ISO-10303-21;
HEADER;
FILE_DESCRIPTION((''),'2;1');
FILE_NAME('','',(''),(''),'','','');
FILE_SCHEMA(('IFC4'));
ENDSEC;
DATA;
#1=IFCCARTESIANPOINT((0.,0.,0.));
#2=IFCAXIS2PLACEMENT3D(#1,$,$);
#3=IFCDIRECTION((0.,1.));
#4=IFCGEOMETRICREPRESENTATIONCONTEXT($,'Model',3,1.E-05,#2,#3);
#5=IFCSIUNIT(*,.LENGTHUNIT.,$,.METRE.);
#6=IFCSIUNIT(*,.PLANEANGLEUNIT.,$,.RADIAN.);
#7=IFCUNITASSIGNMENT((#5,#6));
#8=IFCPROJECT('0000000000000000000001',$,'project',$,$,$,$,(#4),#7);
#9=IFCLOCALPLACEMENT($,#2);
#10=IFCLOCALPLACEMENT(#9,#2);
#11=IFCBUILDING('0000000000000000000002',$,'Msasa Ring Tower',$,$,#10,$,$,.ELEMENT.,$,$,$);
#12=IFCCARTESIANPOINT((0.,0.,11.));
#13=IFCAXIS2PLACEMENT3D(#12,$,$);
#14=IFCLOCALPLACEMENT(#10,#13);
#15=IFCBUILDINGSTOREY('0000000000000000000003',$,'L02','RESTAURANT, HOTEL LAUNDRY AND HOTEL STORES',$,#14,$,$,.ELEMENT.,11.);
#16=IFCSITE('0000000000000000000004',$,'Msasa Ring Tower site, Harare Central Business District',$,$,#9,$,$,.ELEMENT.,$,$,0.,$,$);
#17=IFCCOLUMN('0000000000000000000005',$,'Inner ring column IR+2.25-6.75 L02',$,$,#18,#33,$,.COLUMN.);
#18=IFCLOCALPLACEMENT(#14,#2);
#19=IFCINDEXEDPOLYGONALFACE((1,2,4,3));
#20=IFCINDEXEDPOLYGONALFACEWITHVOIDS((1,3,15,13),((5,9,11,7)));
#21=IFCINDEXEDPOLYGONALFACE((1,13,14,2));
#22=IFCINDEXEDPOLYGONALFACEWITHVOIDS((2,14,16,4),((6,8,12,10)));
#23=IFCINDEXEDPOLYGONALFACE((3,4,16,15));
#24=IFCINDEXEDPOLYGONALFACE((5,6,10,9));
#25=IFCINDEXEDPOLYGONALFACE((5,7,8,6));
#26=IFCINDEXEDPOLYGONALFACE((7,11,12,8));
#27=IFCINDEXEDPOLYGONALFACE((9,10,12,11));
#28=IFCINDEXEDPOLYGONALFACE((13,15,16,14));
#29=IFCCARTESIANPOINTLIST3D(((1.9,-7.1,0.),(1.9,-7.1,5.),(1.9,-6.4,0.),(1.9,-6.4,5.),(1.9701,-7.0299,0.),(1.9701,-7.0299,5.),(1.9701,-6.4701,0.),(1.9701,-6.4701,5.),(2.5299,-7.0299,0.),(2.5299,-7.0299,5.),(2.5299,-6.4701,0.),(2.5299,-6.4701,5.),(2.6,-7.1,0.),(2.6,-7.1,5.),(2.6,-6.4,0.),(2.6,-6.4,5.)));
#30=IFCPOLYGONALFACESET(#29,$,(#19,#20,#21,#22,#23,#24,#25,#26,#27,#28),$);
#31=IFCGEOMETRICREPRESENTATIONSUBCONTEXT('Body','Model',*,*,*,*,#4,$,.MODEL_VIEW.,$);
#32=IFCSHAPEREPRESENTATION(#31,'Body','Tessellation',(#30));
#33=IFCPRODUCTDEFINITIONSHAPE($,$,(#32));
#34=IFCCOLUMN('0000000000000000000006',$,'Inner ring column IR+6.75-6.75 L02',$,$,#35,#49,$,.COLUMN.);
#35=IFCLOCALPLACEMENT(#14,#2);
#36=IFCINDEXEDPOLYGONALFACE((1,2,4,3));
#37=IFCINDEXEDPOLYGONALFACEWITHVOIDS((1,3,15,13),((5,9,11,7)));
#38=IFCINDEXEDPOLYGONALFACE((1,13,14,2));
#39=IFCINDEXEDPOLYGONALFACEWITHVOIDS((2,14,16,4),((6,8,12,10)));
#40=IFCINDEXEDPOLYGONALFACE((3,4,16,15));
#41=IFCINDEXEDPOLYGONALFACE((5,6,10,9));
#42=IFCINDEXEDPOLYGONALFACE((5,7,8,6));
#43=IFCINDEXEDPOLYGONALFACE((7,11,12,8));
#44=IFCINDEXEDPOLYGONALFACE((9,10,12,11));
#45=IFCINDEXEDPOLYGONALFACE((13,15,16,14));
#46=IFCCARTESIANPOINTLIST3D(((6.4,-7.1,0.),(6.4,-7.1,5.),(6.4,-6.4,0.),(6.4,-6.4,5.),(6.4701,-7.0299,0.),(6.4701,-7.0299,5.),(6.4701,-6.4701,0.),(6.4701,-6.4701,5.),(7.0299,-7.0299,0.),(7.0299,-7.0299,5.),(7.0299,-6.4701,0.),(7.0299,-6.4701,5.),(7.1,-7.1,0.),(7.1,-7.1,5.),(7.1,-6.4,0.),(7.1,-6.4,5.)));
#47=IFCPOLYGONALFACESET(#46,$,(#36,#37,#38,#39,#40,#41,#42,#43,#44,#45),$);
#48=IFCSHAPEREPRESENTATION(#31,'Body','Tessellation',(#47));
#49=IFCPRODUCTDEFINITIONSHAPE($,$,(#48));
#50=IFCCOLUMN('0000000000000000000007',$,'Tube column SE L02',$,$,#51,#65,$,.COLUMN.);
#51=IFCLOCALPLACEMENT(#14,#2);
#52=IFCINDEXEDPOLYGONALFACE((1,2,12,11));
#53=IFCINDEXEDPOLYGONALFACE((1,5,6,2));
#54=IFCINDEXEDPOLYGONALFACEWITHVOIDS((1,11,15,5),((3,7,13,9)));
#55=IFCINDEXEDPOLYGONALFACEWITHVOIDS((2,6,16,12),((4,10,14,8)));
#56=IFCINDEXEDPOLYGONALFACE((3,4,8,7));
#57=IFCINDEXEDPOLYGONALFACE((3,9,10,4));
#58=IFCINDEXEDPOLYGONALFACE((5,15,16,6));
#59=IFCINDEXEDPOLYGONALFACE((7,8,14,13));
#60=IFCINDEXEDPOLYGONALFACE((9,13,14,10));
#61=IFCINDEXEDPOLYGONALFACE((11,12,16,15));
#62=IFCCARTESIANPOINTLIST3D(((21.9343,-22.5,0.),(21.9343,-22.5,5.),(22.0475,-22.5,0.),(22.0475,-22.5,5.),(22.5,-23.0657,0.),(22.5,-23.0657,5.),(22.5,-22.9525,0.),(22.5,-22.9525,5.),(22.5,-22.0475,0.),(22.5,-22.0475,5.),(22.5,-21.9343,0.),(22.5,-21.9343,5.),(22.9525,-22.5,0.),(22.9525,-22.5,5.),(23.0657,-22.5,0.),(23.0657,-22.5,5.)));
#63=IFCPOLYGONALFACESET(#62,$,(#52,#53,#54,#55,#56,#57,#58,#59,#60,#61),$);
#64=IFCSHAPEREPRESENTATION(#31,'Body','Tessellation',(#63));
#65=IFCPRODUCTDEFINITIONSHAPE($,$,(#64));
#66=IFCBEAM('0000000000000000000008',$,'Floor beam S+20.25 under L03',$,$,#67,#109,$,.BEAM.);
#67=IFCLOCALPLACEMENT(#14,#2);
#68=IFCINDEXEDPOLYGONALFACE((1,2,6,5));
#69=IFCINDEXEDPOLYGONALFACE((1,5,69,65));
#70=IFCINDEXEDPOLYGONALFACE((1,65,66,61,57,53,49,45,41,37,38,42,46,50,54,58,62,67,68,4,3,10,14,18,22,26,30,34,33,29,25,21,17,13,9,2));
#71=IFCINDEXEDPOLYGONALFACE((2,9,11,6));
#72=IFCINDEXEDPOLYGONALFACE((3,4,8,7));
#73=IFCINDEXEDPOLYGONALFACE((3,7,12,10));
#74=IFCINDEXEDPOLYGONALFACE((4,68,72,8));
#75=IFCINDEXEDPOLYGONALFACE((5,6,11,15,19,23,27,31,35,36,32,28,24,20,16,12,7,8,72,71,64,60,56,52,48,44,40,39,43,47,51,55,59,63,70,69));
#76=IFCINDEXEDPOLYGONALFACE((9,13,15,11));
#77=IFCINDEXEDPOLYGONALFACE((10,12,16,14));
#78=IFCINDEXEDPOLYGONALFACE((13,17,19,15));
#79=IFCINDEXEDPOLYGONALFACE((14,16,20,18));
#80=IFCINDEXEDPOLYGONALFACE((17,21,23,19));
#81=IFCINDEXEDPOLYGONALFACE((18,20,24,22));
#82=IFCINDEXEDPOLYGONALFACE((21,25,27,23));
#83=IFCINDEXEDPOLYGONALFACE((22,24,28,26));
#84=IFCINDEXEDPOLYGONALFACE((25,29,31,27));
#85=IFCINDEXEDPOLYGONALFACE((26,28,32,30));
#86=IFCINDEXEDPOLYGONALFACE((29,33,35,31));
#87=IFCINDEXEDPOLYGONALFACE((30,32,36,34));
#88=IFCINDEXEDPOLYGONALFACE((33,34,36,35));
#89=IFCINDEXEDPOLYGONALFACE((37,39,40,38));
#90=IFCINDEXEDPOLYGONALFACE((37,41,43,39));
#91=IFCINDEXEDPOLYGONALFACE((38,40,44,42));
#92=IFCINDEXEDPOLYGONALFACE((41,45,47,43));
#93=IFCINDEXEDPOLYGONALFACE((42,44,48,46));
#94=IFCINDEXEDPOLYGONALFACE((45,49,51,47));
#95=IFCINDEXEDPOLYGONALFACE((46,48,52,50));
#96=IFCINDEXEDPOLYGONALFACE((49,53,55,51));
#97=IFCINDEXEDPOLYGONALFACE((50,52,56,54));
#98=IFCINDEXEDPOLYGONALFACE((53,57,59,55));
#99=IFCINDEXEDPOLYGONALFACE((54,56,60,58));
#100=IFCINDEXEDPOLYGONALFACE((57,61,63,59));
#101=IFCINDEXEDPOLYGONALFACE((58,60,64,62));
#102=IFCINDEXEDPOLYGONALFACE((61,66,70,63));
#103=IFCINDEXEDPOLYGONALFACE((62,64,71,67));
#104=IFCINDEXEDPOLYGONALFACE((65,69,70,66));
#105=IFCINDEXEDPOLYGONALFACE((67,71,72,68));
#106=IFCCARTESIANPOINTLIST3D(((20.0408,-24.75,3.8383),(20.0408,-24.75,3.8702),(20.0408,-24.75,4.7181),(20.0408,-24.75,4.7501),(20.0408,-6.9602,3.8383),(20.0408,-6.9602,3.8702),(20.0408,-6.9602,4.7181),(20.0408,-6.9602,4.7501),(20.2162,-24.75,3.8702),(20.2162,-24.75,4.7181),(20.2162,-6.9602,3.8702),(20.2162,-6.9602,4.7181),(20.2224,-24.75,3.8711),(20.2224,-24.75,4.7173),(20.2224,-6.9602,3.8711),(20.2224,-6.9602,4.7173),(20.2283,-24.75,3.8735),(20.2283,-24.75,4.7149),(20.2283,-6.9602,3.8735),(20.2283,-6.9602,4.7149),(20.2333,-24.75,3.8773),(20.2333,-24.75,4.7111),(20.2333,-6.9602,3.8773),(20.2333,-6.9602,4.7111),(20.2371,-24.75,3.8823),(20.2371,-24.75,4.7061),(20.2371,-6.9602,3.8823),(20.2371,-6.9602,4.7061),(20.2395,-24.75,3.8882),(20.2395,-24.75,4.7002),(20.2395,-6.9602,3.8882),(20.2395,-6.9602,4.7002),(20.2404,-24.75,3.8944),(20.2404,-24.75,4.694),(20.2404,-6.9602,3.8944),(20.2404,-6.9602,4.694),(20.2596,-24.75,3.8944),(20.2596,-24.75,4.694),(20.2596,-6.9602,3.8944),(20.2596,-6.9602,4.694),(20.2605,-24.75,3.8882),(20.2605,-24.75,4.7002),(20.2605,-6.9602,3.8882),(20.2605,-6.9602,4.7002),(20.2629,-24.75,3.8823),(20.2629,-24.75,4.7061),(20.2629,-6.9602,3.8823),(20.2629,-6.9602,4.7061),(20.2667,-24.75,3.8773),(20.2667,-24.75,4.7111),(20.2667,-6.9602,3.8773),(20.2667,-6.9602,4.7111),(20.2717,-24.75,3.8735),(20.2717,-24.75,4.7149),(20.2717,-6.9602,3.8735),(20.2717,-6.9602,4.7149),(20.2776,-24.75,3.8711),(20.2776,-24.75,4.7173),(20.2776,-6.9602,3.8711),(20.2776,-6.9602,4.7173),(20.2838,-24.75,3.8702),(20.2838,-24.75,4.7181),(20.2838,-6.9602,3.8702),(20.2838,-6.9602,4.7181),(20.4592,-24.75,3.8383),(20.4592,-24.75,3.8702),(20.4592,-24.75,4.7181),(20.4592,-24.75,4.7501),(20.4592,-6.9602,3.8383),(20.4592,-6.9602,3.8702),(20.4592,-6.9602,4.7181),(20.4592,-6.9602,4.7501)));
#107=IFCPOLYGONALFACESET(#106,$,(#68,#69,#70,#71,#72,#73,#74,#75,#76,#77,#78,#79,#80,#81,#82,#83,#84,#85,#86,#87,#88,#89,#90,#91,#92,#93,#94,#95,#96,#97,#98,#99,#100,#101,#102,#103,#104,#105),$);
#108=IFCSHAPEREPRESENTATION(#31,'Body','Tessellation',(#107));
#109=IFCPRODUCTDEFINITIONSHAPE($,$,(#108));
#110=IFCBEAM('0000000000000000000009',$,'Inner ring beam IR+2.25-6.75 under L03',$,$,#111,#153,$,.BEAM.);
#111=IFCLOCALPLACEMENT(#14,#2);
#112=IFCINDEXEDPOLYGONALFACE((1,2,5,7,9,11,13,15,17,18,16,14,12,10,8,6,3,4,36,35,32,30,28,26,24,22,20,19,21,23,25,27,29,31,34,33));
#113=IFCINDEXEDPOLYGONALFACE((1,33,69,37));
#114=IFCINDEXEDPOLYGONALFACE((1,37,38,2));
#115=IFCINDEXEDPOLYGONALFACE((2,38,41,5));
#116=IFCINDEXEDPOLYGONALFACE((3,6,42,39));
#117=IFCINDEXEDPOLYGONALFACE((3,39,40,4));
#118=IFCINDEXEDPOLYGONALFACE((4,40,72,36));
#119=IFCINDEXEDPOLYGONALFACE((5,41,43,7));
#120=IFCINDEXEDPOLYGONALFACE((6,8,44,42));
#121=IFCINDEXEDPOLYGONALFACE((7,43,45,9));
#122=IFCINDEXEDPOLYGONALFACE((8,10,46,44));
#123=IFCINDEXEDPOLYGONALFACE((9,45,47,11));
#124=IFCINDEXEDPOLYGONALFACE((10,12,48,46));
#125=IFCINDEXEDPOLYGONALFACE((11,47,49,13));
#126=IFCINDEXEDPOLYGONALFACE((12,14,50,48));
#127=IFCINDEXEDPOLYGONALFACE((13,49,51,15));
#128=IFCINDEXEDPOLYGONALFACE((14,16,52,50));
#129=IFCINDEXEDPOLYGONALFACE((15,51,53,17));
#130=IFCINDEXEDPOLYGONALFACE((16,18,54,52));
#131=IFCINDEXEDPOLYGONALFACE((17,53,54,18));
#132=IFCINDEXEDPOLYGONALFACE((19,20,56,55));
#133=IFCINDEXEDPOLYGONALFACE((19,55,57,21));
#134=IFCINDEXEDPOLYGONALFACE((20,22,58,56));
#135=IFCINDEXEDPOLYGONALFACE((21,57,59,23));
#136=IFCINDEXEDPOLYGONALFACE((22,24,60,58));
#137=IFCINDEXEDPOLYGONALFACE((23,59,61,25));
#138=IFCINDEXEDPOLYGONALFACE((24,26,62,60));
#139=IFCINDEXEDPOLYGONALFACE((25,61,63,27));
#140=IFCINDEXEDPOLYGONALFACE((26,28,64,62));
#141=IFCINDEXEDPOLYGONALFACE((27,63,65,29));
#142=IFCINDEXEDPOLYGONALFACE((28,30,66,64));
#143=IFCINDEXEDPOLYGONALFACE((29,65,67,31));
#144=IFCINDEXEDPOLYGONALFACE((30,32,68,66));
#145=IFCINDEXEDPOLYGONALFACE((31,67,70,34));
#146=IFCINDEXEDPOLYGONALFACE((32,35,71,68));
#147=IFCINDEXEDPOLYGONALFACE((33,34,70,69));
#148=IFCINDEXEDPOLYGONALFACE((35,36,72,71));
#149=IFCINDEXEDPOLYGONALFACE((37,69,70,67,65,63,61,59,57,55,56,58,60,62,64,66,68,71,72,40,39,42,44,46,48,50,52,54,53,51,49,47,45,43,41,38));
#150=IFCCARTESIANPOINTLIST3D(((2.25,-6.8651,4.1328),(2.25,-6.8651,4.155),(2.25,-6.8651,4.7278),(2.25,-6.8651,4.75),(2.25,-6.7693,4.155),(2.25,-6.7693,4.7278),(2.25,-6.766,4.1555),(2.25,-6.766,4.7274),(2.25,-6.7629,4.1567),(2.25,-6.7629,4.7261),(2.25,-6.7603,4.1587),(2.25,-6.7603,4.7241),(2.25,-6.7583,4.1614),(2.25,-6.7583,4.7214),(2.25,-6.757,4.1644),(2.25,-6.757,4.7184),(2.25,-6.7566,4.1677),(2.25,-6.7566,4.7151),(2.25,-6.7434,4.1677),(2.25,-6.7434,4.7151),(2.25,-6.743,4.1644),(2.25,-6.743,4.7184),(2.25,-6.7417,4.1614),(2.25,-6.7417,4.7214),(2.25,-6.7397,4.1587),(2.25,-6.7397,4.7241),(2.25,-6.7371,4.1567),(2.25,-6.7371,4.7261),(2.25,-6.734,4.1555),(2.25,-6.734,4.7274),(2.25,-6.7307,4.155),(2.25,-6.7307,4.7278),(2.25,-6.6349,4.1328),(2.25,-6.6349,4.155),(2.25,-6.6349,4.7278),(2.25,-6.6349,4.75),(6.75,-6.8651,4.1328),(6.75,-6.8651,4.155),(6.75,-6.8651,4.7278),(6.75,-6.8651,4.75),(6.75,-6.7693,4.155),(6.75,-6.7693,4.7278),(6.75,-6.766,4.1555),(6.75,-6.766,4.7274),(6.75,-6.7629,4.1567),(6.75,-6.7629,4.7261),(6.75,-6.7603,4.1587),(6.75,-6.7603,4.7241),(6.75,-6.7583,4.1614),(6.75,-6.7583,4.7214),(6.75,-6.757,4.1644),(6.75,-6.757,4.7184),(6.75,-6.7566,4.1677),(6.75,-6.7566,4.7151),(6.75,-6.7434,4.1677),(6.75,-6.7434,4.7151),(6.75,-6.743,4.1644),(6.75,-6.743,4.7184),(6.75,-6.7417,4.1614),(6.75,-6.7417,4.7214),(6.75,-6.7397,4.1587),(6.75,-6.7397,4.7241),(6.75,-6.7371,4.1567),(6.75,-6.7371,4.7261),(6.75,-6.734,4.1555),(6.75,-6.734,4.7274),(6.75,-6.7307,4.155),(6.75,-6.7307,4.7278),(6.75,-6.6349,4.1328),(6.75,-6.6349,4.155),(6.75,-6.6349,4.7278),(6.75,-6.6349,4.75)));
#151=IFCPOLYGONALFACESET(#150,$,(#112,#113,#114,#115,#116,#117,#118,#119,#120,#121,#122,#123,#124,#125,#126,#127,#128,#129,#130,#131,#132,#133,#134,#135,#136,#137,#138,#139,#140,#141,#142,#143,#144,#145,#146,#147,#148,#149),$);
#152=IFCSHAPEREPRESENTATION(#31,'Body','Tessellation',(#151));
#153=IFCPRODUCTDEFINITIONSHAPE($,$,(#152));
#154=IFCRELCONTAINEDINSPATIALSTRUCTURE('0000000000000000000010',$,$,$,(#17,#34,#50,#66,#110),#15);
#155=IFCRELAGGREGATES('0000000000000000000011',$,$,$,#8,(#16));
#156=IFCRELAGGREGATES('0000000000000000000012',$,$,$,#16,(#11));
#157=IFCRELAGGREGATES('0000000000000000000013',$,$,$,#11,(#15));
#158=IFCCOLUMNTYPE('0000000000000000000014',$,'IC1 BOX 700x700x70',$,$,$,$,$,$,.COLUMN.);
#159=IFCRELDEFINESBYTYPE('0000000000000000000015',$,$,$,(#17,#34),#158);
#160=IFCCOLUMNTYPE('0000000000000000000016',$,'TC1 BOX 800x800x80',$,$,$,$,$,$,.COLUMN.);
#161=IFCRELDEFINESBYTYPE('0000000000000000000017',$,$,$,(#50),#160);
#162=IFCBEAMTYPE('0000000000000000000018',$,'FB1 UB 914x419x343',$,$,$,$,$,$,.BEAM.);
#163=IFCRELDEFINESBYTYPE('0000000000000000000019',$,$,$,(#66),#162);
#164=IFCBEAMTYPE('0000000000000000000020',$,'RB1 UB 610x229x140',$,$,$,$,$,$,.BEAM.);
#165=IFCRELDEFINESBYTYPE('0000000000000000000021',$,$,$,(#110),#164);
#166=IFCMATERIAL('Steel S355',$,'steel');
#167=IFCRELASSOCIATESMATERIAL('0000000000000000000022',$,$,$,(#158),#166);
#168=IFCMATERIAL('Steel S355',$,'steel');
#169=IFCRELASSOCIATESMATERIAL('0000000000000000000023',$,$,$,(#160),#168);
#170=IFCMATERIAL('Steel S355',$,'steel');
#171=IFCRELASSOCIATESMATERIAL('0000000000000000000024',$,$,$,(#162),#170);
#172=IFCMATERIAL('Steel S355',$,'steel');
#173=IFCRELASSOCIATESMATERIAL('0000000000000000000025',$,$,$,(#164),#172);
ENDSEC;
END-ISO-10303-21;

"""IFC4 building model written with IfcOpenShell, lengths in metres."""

from ifc_helpers import new_model, si_unit, direction, frame, origin, origin_2d, place, context, subcontext, project, spatial, hollow_rectangle, i_section, extrude, material, material_profile, profile_set, type_object, element, save


model = new_model("IFC4")

# Units and contexts
model_context = context("Model", 3, precision=1e-05, world=origin(), true_north=direction((0.0, 1.0)))
body_context = subcontext(model_context, "Body", "Model", "MODEL_VIEW")
ifc_project = project(units=[si_unit("LENGTHUNIT", "METRE"), si_unit("PLANEANGLEUNIT", "RADIAN")], contexts=[model_context])

# Site, building, storey
site_placement = place(None, origin())
site = spatial("IfcSite", under=ifc_project, at=site_placement, Name="Msasa Ring Tower site, Harare Central Business District", CompositionType="ELEMENT", RefElevation=0.0)
building_placement = place(site_placement, origin())
building = spatial("IfcBuilding", under=site, at=building_placement, Name="Msasa Ring Tower", CompositionType="ELEMENT")
storey_placement = place(building_placement, frame((0.0, 0.0, 11.0)))
storey = spatial("IfcBuildingStorey", under=building, at=storey_placement, Name="L02", Description="RESTAURANT, HOTEL LAUNDRY AND HOTEL STORES", CompositionType="ELEMENT", Elevation=11.0)

# Columns
ifc_material_1 = material(Name="Steel S355", Category="steel")
ifc_material_profile_1 = material_profile(ifc_material_1, hollow_rectangle(XDim=0.7, YDim=0.7, WallThickness=0.0701, at=origin_2d()), Name="BOX 700x700x70")
ifc_profile_set_1 = profile_set([ifc_material_profile_1], Name="Steel S355")
column_type_1 = type_object("IfcColumnType", Name="IC1 BOX 700x700x70", PredefinedType="COLUMN", material=ifc_profile_set_1)
for number, where, z_axis, x_axis, name in (
    (1, (2.25, -6.75, 0.0), (0.0, 0.0, 1.0), (1.0, 0.0, 0.0), "Inner ring column IR+2.25-6.75 L02"),
    (2, (6.75, -6.75, 0.0), (0.0, 0.0, 1.0), (1.0, 0.0, 0.0), "Inner ring column IR+6.75-6.75 L02"),
):
    element("IfcColumn", number, at=place(storey_placement, frame(where, z_axis=z_axis, x_axis=x_axis)), inside=storey, type_object=column_type_1, Name=name, PredefinedType="COLUMN", context=body_context, shape_type="SweptSolid", body=[
        extrude(hollow_rectangle(XDim=0.7, YDim=0.7, WallThickness=0.0701, at=origin_2d()), origin(), (0.0, 0.0, 1.0), 5.0),
    ])
ifc_material_2 = material(Name="Steel S355", Category="steel")
ifc_material_profile_2 = material_profile(ifc_material_2, hollow_rectangle(XDim=0.8, YDim=0.8, WallThickness=0.0801, at=origin_2d()), Name="BOX 800x800x80")
ifc_profile_set_2 = profile_set([ifc_material_profile_2], Name="Steel S355")
column_type_2 = type_object("IfcColumnType", Name="TC1 BOX 800x800x80", PredefinedType="COLUMN", material=ifc_profile_set_2)
column_placement = place(storey_placement, frame((22.5, -22.5, 0.0), z_axis=(0.0, 0.0, 1.0), x_axis=(0.707107, -0.707107, 0.0)))
element("IfcColumn", 3, at=column_placement, inside=storey, type_object=column_type_2, Name="Tube column SE L02", PredefinedType="COLUMN", context=body_context, shape_type="SweptSolid", body=[
    extrude(hollow_rectangle(XDim=0.8, YDim=0.8, WallThickness=0.0801, at=origin_2d()), origin(), (0.0, 0.0, 1.0), 5.0),
])

# Beams
ifc_material_3 = material(Name="Steel S355", Category="steel")
ifc_material_profile_3 = material_profile(ifc_material_3, i_section(OverallWidth=0.4185, OverallDepth=0.9119, WebThickness=0.0193, FlangeThickness=0.032, FilletRadius=0.0242, at=origin_2d()), Name="UB 914x419x343")
ifc_profile_set_3 = profile_set([ifc_material_profile_3], Name="Steel S355")
beam_type_1 = type_object("IfcBeamType", Name="FB1 UB 914x419x343", PredefinedType="BEAM", material=ifc_profile_set_3)
beam_1_placement = place(storey_placement, frame((20.25, -24.75, 4.2942), z_axis=(0.0, 1.0, 0.0), x_axis=(-1.0, 0.0, 0.0)))
element("IfcBeam", 4, at=beam_1_placement, inside=storey, type_object=beam_type_1, Name="Floor beam S+20.25 under L03", PredefinedType="BEAM", context=body_context, shape_type="SweptSolid", body=[
    extrude(i_section(OverallWidth=0.4185, OverallDepth=0.9119, WebThickness=0.0193, FlangeThickness=0.032, FilletRadius=0.0242, at=origin_2d()), origin(), (0.0, 0.0, 1.0), 17.7898),
])
ifc_material_4 = material(Name="Steel S355", Category="steel")
ifc_material_profile_4 = material_profile(ifc_material_4, i_section(OverallWidth=0.2302, OverallDepth=0.6172, WebThickness=0.0132, FlangeThickness=0.0222, FilletRadius=0.0127, at=origin_2d()), Name="UB 610x229x140")
ifc_profile_set_4 = profile_set([ifc_material_profile_4], Name="Steel S355")
beam_type_2 = type_object("IfcBeamType", Name="RB1 UB 610x229x140", PredefinedType="BEAM", material=ifc_profile_set_4)
for number, where, z_axis, x_axis, name in (
    (5, (2.25, -6.75, 4.4414), (1.0, 0.0, 0.0), (0.0, 1.0, 0.0), "Inner ring beam IR+2.25-6.75 under L03"),
):
    element("IfcBeam", number, at=place(storey_placement, frame(where, z_axis=z_axis, x_axis=x_axis)), inside=storey, type_object=beam_type_2, Name=name, PredefinedType="BEAM", context=body_context, shape_type="SweptSolid", body=[
        extrude(i_section(OverallWidth=0.2302, OverallDepth=0.6172, WebThickness=0.0132, FlangeThickness=0.0222, FilletRadius=0.0127, at=origin_2d()), origin(), (0.0, 0.0, 1.0), 4.5),
    ])

save(model, "model.ifc")
